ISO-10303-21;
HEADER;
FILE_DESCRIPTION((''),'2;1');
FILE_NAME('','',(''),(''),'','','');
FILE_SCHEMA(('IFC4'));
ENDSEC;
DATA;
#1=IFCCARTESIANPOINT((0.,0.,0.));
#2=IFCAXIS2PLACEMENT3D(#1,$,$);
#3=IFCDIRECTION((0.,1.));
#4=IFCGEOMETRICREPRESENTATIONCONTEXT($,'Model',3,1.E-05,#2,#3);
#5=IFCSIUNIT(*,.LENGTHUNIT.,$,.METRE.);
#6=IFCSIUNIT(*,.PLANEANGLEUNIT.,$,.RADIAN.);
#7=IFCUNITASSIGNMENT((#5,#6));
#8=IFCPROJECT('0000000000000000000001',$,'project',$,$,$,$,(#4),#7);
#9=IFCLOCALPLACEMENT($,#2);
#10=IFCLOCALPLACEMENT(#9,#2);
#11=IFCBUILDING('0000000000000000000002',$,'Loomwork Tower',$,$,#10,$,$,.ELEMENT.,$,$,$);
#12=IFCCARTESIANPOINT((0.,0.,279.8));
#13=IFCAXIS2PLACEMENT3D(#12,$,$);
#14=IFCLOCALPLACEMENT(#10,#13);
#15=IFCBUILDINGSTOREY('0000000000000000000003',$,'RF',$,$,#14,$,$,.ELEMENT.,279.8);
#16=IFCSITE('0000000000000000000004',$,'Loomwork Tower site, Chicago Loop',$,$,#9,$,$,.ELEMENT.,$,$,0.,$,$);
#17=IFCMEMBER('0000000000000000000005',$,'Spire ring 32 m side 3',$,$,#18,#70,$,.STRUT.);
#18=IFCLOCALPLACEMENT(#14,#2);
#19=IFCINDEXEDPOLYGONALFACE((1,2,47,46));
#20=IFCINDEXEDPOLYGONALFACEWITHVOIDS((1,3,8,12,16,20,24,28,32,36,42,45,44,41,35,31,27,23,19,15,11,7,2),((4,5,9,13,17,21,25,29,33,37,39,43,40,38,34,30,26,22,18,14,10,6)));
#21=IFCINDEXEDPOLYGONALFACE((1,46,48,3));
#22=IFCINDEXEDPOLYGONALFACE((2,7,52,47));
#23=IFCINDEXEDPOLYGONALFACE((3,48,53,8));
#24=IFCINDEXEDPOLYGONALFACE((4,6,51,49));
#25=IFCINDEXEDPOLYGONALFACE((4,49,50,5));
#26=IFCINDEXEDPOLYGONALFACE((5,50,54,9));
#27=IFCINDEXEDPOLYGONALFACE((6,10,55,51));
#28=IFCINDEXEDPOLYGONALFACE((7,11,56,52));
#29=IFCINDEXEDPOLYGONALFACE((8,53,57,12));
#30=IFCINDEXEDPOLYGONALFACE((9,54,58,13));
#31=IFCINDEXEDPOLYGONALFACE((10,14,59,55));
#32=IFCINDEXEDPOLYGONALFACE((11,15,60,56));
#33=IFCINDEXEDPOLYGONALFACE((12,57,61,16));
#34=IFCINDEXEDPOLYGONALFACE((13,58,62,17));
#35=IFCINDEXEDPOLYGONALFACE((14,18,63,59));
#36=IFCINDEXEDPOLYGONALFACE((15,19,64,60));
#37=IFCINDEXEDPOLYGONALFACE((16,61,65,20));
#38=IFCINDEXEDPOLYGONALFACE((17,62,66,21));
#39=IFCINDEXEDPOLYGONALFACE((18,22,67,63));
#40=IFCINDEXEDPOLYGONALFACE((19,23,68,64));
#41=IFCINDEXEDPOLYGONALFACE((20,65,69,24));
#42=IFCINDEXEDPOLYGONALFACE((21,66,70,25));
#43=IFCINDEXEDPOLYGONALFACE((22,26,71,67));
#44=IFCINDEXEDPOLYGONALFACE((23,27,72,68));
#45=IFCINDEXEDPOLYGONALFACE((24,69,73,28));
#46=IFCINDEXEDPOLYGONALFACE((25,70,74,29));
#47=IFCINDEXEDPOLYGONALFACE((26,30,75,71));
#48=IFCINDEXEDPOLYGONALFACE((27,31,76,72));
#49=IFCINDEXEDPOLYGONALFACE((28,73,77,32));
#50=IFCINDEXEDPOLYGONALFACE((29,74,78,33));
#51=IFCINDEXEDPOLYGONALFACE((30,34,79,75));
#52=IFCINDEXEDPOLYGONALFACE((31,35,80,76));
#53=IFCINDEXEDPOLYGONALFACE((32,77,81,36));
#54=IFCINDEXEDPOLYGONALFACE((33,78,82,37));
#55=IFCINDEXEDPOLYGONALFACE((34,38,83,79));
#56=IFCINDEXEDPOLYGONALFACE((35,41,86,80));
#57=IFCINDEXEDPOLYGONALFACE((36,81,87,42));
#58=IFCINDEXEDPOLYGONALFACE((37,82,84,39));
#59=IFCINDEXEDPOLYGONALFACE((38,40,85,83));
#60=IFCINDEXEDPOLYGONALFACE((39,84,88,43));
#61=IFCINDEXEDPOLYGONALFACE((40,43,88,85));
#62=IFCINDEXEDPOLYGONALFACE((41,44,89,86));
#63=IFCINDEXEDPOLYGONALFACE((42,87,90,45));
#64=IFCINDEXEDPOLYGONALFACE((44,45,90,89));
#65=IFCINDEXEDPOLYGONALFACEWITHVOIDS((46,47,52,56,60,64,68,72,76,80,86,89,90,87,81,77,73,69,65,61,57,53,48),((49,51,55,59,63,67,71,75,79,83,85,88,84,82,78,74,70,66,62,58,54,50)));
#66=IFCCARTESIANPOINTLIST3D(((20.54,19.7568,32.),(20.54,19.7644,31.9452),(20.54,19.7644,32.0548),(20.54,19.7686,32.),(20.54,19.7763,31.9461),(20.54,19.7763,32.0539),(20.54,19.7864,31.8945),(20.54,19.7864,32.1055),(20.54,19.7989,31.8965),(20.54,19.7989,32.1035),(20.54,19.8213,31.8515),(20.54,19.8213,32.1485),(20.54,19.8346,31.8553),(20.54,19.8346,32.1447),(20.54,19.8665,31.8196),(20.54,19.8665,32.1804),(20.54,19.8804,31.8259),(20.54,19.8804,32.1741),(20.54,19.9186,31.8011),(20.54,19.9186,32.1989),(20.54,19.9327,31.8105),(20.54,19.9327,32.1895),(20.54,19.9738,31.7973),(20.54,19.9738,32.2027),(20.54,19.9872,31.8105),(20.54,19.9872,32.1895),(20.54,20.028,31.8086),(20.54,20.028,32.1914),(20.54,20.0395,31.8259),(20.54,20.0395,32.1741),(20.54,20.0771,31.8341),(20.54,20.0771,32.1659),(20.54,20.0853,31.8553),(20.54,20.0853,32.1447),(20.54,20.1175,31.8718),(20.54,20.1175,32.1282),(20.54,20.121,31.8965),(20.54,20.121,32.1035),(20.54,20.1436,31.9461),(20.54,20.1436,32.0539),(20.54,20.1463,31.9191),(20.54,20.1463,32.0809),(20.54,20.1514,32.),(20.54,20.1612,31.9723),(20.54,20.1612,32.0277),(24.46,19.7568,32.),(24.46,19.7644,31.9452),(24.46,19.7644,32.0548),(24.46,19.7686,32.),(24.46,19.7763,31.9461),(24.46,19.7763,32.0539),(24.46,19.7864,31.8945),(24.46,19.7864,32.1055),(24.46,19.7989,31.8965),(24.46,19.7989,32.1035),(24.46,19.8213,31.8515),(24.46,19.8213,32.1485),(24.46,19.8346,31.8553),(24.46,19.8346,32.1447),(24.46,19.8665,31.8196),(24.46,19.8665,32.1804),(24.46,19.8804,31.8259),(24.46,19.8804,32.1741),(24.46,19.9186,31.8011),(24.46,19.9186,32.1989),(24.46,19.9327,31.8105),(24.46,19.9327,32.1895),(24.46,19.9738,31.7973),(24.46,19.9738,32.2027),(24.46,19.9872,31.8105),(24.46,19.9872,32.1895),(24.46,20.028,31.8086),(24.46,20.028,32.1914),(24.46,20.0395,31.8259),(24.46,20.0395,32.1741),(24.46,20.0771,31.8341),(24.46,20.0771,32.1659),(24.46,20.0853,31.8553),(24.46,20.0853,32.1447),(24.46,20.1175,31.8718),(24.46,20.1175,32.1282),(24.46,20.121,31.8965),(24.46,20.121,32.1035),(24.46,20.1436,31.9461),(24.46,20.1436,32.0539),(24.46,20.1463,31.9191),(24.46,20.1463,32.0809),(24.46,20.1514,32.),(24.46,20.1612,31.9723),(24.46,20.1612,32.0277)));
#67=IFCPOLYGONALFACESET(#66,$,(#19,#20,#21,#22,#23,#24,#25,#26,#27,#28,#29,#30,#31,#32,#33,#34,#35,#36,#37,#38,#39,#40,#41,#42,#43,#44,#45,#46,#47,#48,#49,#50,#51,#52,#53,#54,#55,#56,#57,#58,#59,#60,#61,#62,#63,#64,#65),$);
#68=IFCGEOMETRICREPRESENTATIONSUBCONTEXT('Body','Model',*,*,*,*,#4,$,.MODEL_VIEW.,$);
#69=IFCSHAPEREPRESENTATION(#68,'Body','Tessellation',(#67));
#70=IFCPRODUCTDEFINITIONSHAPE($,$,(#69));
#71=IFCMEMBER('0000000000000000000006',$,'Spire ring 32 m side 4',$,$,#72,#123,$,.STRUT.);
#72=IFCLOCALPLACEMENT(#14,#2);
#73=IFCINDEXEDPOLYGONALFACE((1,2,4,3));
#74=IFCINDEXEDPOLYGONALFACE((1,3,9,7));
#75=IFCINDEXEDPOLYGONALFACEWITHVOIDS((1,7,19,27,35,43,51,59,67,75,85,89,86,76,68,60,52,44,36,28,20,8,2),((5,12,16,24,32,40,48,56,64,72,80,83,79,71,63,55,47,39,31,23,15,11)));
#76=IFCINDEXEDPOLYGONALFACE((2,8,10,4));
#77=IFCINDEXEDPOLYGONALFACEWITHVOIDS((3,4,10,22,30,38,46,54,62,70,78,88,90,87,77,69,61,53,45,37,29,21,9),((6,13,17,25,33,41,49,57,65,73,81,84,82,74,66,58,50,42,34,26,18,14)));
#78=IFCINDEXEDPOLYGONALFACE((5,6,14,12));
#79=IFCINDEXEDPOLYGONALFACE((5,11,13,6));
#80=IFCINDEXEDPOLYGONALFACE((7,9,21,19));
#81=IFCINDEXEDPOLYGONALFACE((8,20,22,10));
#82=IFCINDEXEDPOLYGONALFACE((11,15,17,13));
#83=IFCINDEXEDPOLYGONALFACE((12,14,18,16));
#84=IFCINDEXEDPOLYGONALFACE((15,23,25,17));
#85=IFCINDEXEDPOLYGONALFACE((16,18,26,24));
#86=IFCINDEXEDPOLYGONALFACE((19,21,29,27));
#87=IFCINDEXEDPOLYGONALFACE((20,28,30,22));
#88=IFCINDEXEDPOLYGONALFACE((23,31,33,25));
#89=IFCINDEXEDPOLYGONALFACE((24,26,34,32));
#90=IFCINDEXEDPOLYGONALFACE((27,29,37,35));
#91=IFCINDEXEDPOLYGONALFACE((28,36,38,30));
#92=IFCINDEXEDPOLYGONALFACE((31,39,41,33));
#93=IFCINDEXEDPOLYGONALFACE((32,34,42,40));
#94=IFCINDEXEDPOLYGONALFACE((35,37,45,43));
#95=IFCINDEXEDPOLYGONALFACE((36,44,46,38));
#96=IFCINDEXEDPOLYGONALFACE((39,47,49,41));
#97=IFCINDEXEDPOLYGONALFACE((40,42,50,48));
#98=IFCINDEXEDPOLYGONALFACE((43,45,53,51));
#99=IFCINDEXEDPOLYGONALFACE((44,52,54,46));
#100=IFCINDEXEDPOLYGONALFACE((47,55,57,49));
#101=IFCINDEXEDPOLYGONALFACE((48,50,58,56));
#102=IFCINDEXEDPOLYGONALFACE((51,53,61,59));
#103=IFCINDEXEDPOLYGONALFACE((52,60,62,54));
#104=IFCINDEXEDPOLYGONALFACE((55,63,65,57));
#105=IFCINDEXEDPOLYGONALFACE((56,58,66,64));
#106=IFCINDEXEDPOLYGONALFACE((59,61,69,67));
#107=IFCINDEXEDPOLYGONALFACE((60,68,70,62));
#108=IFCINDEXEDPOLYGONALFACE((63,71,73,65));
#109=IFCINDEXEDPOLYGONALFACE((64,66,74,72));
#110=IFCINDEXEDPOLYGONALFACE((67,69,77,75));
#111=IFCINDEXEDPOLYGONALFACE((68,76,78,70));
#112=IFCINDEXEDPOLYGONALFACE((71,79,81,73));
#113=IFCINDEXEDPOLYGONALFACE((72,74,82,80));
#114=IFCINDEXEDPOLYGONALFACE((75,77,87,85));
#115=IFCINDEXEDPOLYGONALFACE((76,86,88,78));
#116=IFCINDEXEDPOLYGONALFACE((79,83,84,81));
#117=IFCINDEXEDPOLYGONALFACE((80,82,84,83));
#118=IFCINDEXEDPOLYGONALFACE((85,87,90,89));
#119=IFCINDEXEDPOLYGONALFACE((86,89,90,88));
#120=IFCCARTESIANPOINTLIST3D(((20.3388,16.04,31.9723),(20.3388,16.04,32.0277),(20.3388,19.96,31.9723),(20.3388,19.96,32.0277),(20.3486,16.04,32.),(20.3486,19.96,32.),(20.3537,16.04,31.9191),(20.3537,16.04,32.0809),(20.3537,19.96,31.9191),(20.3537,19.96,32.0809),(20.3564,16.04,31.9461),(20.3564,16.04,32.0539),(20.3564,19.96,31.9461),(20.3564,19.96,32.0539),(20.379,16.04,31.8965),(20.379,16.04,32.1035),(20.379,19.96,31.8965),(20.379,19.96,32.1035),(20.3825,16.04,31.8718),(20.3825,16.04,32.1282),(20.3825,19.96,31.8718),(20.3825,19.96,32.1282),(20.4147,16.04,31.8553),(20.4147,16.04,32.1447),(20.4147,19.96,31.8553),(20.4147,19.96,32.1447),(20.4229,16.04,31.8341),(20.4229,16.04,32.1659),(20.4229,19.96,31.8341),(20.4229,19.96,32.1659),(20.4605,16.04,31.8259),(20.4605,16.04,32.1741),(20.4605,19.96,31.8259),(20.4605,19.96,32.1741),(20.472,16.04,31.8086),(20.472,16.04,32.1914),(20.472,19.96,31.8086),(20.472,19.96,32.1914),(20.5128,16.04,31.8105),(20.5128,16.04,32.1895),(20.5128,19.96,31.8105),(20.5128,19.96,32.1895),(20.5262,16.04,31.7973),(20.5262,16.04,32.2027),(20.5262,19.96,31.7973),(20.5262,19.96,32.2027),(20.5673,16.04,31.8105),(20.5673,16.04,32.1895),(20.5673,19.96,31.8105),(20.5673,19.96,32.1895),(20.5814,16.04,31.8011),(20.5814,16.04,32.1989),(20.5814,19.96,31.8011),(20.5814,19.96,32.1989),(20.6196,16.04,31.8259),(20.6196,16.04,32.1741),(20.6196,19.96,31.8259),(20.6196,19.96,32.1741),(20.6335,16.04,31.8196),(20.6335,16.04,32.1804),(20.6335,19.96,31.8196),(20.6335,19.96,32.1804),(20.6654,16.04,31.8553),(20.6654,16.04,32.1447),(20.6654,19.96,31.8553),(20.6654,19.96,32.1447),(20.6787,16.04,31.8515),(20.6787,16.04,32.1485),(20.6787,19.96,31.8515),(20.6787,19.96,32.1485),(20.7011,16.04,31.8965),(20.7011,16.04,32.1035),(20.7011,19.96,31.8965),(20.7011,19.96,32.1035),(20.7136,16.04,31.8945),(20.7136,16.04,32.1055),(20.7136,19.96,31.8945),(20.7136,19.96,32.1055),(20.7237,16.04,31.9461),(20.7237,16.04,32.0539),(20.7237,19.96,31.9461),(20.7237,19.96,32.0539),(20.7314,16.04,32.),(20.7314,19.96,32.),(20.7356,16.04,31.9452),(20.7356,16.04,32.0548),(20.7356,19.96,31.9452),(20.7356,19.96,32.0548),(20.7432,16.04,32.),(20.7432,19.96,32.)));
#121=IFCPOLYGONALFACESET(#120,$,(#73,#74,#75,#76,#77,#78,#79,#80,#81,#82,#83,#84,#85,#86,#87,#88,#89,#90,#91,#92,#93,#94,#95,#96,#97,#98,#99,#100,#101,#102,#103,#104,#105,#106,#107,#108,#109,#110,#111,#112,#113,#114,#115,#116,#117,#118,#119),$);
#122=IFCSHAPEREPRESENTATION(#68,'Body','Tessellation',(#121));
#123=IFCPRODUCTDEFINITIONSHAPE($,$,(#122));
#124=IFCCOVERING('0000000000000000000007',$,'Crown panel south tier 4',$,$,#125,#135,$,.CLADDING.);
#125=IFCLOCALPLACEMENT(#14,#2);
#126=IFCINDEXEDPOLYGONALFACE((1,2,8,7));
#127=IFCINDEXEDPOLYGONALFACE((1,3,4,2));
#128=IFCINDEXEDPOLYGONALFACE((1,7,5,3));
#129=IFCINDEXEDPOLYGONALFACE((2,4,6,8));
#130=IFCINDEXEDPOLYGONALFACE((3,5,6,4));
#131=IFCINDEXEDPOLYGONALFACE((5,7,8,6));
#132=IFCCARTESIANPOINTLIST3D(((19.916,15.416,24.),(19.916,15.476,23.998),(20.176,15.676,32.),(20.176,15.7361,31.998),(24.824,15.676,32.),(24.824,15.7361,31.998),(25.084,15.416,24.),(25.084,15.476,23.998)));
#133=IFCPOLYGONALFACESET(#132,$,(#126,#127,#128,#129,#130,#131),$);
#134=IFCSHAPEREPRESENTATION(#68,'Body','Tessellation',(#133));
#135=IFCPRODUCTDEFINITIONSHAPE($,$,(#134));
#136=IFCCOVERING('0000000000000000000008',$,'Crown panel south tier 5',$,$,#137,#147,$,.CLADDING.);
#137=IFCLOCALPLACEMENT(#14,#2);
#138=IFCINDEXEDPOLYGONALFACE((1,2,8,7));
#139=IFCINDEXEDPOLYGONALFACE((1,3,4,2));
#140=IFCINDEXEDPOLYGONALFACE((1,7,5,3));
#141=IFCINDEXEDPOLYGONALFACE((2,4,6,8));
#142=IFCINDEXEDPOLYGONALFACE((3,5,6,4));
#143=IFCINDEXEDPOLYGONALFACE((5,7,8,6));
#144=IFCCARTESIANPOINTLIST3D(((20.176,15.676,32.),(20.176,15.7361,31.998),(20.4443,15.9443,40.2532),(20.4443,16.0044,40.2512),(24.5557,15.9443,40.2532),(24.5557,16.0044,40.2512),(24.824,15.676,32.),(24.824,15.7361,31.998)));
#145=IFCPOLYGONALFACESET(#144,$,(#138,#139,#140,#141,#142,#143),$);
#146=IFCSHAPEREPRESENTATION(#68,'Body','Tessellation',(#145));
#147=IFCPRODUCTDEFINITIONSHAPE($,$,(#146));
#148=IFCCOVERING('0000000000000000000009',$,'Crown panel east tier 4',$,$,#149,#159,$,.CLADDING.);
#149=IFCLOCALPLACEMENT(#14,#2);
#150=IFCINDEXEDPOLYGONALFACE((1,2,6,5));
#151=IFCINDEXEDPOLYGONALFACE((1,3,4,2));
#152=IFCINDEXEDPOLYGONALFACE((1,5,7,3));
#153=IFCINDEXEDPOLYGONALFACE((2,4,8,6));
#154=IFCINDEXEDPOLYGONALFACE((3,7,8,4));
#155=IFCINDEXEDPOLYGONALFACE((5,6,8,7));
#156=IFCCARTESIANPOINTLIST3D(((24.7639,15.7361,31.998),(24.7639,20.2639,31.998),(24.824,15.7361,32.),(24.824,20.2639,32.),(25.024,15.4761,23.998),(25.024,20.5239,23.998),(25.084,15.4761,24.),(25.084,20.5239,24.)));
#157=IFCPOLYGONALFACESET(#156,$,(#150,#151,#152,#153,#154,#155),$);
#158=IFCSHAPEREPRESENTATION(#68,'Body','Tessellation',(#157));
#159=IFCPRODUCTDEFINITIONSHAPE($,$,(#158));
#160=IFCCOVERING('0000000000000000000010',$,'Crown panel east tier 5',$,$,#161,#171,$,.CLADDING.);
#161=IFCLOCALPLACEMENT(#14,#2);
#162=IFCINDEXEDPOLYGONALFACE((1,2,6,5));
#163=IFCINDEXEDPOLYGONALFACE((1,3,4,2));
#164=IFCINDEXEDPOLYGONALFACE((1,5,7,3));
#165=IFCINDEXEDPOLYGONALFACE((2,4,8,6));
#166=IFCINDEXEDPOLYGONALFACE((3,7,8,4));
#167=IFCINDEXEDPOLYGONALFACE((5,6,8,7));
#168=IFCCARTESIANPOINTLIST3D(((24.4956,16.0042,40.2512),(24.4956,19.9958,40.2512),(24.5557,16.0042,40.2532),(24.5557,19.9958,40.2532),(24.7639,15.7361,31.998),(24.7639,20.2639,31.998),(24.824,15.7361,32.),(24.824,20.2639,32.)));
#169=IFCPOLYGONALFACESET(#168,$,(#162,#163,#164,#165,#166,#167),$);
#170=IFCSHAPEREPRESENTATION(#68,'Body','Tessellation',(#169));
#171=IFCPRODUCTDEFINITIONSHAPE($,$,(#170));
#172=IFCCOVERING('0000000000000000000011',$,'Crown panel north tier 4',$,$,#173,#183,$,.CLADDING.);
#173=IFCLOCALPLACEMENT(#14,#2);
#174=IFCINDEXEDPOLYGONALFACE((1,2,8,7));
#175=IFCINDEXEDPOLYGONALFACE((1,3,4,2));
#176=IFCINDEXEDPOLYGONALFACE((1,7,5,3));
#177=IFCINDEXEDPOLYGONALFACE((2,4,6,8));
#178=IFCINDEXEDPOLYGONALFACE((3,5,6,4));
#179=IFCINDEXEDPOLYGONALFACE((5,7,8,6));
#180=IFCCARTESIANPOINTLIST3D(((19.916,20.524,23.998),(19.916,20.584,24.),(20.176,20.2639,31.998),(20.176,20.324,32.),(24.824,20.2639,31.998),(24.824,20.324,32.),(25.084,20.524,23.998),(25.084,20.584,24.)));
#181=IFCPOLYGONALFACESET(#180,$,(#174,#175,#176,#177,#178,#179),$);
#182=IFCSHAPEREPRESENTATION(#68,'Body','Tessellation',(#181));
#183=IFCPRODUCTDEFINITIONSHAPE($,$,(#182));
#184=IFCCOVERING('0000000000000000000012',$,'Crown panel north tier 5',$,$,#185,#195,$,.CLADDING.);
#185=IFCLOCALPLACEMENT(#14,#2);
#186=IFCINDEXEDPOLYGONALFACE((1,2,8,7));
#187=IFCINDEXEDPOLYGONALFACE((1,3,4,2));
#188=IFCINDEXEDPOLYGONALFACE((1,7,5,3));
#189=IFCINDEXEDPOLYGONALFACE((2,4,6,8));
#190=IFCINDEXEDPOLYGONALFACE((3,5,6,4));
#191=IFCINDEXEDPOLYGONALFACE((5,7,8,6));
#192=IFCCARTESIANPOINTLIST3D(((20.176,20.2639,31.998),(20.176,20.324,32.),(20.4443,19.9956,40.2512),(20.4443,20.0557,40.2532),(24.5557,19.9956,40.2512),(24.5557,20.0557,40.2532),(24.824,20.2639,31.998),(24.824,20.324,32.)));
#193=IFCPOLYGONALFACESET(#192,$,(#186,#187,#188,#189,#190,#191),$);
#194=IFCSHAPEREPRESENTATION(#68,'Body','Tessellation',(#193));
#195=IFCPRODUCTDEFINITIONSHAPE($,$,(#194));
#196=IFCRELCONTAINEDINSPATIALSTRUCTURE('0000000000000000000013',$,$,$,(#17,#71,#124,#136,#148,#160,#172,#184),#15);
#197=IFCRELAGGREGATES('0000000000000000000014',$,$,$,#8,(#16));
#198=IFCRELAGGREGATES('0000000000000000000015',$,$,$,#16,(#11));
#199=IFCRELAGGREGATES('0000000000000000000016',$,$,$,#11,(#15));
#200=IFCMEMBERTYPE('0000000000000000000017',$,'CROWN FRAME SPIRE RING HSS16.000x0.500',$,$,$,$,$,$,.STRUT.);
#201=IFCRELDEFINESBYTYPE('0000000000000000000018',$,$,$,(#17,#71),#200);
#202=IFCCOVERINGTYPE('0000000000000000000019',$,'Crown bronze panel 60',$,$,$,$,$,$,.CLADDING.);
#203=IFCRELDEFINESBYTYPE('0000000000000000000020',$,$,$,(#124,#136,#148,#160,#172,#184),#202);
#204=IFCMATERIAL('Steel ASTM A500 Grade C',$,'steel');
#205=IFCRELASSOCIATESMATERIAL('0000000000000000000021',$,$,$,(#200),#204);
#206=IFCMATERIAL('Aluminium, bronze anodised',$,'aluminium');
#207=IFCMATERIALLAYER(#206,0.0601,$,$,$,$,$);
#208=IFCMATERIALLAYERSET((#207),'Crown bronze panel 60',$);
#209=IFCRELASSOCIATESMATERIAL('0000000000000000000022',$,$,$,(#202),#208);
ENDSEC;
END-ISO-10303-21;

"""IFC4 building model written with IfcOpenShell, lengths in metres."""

from ifc_helpers import new_model, si_unit, direction, frame, origin, origin_2d, place, context, subcontext, project, spatial, polyline, hollow_circle, outline, extrude, material, layer, layer_set, material_profile, profile_set, type_object, element, save


model = new_model("IFC4")

# Units and contexts
model_context = context("Model", 3, precision=1e-05, world=origin(), true_north=direction((0.0, 1.0)))
body_context = subcontext(model_context, "Body", "Model", "MODEL_VIEW")
ifc_project = project(units=[si_unit("LENGTHUNIT", "METRE"), si_unit("PLANEANGLEUNIT", "RADIAN")], contexts=[model_context])

# Site, building, storey
site_placement = place(None, origin())
site = spatial("IfcSite", under=ifc_project, at=site_placement, Name="Loomwork Tower site, Chicago Loop", CompositionType="ELEMENT", RefElevation=0.0)
building_placement = place(site_placement, origin())
building = spatial("IfcBuilding", under=site, at=building_placement, Name="Loomwork Tower", CompositionType="ELEMENT")
storey_placement = place(building_placement, frame((0.0, 0.0, 279.8)))
storey = spatial("IfcBuildingStorey", under=building, at=storey_placement, Name="RF", CompositionType="ELEMENT", Elevation=279.8)

# Members
ifc_material_1 = material(Name="Steel ASTM A500 Grade C", Category="steel")
ifc_material_profile_1 = material_profile(ifc_material_1, hollow_circle(Radius=0.2031, WallThickness=0.0117, at=origin_2d()), Name="HSS16.000x0.500")
ifc_profile_set_1 = profile_set([ifc_material_profile_1], Name="Steel ASTM A500 Grade C")
member_type_1 = type_object("IfcMemberType", Name="CROWN FRAME SPIRE RING HSS16.000x0.500", PredefinedType="STRUT", material=ifc_profile_set_1)
for number, where, z_axis, x_axis, name in (
    (1, (24.46, 19.96, 32.0), (-1.0, 0.0, 0.0), (0.0, -1.0, 0.0), "Spire ring 32 m side 3"),
    (2, (20.54, 19.96, 32.0), (0.0, -1.0, 0.0), (1.0, 0.0, 0.0), "Spire ring 32 m side 4"),
):
    element("IfcMember", number, at=place(storey_placement, frame(where, z_axis=z_axis, x_axis=x_axis)), inside=storey, type_object=member_type_1, Name=name, PredefinedType="STRUT", context=body_context, shape_type="SweptSolid", body=[
        extrude(hollow_circle(Radius=0.2031, WallThickness=0.0117, at=origin_2d()), origin(), (0.0, 0.0, 1.0), 3.9199),
    ])

# Coverings
ifc_material_2 = material(Name="Aluminium, bronze anodised", Category="aluminium")
ifc_layer = layer(ifc_material_2, 0.0601)
ifc_layer_set = layer_set([ifc_layer], Name="Crown bronze panel 60")
covering_type = type_object("IfcCoveringType", Name="Crown bronze panel 60", PredefinedType="CLADDING", material=ifc_layer_set)
covering_1_placement = place(storey_placement, frame((19.916, 15.416, 24.0), z_axis=(0.0, -0.999472, 0.032484), x_axis=(1.0, 0.0, 0.0)))
element("IfcCovering", 3, at=covering_1_placement, inside=storey, type_object=covering_type, Name="Crown panel south tier 4", PredefinedType="CLADDING", context=body_context, shape_type="SweptSolid", body=[
    extrude(outline(polyline([(0.0, 0.0), (5.168, 0.0), (4.908, 8.0042), (0.26, 8.0042), (0.0, 0.0)])), origin(), (0.0, 0.0, -1.0), 0.0601),
])
covering_2_placement = place(storey_placement, frame((20.176, 15.676, 32.0), z_axis=(0.0, -0.999472, 0.032493), x_axis=(1.0, 0.0, 0.0)))
element("IfcCovering", 4, at=covering_2_placement, inside=storey, type_object=covering_type, Name="Crown panel south tier 5", PredefinedType="CLADDING", context=body_context, shape_type="SweptSolid", body=[
    extrude(outline(polyline([(0.0, 0.0), (4.6479, 0.0), (4.3796, 8.2575), (0.2683, 8.2575), (0.0, 0.0)])), origin(), (0.0, 0.0, -1.0), 0.0601),
])
covering_3_placement = place(storey_placement, frame((25.084, 15.4761, 24.0), z_axis=(0.999472, 0.0, 0.032484), x_axis=(0.0, 1.0, 0.0)))
element("IfcCovering", 5, at=covering_3_placement, inside=storey, type_object=covering_type, Name="Crown panel east tier 4", PredefinedType="CLADDING", context=body_context, shape_type="SweptSolid", body=[
    extrude(outline(polyline([(0.0, 0.0), (5.0479, 0.0), (4.7878, 8.0042), (0.26, 8.0042), (0.0, 0.0)])), origin(), (0.0, 0.0, -1.0), 0.0601),
])
covering_4_placement = place(storey_placement, frame((24.824, 15.7361, 32.0), z_axis=(0.999472, 0.0, 0.032493), x_axis=(0.0, 1.0, 0.0)))
element("IfcCovering", 6, at=covering_4_placement, inside=storey, type_object=covering_type, Name="Crown panel east tier 5", PredefinedType="CLADDING", context=body_context, shape_type="SweptSolid", body=[
    extrude(outline(polyline([(0.0, 0.0), (4.5278, 0.0), (4.2598, 8.2575), (0.2681, 8.2575), (0.0, 0.0)])), origin(), (0.0, 0.0, -1.0), 0.0601),
])
covering_5_placement = place(storey_placement, frame((25.084, 20.584, 24.0), z_axis=(0.0, 0.999472, 0.032484), x_axis=(-1.0, 0.0, 0.0)))
element("IfcCovering", 7, at=covering_5_placement, inside=storey, type_object=covering_type, Name="Crown panel north tier 4", PredefinedType="CLADDING", context=body_context, shape_type="SweptSolid", body=[
    extrude(outline(polyline([(0.0, 0.0), (5.168, 0.0), (4.908, 8.0042), (0.26, 8.0042), (0.0, 0.0)])), origin(), (0.0, 0.0, -1.0), 0.0601),
])
covering_6_placement = place(storey_placement, frame((24.824, 20.324, 32.0), z_axis=(0.0, 0.999472, 0.032493), x_axis=(-1.0, 0.0, 0.0)))
element("IfcCovering", 8, at=covering_6_placement, inside=storey, type_object=covering_type, Name="Crown panel north tier 5", PredefinedType="CLADDING", context=body_context, shape_type="SweptSolid", body=[
    extrude(outline(polyline([(0.0, 0.0), (4.6479, 0.0), (4.3796, 8.2575), (0.2683, 8.2575), (0.0, 0.0)])), origin(), (0.0, 0.0, -1.0), 0.0601),
])

save(model, "model.ifc")
